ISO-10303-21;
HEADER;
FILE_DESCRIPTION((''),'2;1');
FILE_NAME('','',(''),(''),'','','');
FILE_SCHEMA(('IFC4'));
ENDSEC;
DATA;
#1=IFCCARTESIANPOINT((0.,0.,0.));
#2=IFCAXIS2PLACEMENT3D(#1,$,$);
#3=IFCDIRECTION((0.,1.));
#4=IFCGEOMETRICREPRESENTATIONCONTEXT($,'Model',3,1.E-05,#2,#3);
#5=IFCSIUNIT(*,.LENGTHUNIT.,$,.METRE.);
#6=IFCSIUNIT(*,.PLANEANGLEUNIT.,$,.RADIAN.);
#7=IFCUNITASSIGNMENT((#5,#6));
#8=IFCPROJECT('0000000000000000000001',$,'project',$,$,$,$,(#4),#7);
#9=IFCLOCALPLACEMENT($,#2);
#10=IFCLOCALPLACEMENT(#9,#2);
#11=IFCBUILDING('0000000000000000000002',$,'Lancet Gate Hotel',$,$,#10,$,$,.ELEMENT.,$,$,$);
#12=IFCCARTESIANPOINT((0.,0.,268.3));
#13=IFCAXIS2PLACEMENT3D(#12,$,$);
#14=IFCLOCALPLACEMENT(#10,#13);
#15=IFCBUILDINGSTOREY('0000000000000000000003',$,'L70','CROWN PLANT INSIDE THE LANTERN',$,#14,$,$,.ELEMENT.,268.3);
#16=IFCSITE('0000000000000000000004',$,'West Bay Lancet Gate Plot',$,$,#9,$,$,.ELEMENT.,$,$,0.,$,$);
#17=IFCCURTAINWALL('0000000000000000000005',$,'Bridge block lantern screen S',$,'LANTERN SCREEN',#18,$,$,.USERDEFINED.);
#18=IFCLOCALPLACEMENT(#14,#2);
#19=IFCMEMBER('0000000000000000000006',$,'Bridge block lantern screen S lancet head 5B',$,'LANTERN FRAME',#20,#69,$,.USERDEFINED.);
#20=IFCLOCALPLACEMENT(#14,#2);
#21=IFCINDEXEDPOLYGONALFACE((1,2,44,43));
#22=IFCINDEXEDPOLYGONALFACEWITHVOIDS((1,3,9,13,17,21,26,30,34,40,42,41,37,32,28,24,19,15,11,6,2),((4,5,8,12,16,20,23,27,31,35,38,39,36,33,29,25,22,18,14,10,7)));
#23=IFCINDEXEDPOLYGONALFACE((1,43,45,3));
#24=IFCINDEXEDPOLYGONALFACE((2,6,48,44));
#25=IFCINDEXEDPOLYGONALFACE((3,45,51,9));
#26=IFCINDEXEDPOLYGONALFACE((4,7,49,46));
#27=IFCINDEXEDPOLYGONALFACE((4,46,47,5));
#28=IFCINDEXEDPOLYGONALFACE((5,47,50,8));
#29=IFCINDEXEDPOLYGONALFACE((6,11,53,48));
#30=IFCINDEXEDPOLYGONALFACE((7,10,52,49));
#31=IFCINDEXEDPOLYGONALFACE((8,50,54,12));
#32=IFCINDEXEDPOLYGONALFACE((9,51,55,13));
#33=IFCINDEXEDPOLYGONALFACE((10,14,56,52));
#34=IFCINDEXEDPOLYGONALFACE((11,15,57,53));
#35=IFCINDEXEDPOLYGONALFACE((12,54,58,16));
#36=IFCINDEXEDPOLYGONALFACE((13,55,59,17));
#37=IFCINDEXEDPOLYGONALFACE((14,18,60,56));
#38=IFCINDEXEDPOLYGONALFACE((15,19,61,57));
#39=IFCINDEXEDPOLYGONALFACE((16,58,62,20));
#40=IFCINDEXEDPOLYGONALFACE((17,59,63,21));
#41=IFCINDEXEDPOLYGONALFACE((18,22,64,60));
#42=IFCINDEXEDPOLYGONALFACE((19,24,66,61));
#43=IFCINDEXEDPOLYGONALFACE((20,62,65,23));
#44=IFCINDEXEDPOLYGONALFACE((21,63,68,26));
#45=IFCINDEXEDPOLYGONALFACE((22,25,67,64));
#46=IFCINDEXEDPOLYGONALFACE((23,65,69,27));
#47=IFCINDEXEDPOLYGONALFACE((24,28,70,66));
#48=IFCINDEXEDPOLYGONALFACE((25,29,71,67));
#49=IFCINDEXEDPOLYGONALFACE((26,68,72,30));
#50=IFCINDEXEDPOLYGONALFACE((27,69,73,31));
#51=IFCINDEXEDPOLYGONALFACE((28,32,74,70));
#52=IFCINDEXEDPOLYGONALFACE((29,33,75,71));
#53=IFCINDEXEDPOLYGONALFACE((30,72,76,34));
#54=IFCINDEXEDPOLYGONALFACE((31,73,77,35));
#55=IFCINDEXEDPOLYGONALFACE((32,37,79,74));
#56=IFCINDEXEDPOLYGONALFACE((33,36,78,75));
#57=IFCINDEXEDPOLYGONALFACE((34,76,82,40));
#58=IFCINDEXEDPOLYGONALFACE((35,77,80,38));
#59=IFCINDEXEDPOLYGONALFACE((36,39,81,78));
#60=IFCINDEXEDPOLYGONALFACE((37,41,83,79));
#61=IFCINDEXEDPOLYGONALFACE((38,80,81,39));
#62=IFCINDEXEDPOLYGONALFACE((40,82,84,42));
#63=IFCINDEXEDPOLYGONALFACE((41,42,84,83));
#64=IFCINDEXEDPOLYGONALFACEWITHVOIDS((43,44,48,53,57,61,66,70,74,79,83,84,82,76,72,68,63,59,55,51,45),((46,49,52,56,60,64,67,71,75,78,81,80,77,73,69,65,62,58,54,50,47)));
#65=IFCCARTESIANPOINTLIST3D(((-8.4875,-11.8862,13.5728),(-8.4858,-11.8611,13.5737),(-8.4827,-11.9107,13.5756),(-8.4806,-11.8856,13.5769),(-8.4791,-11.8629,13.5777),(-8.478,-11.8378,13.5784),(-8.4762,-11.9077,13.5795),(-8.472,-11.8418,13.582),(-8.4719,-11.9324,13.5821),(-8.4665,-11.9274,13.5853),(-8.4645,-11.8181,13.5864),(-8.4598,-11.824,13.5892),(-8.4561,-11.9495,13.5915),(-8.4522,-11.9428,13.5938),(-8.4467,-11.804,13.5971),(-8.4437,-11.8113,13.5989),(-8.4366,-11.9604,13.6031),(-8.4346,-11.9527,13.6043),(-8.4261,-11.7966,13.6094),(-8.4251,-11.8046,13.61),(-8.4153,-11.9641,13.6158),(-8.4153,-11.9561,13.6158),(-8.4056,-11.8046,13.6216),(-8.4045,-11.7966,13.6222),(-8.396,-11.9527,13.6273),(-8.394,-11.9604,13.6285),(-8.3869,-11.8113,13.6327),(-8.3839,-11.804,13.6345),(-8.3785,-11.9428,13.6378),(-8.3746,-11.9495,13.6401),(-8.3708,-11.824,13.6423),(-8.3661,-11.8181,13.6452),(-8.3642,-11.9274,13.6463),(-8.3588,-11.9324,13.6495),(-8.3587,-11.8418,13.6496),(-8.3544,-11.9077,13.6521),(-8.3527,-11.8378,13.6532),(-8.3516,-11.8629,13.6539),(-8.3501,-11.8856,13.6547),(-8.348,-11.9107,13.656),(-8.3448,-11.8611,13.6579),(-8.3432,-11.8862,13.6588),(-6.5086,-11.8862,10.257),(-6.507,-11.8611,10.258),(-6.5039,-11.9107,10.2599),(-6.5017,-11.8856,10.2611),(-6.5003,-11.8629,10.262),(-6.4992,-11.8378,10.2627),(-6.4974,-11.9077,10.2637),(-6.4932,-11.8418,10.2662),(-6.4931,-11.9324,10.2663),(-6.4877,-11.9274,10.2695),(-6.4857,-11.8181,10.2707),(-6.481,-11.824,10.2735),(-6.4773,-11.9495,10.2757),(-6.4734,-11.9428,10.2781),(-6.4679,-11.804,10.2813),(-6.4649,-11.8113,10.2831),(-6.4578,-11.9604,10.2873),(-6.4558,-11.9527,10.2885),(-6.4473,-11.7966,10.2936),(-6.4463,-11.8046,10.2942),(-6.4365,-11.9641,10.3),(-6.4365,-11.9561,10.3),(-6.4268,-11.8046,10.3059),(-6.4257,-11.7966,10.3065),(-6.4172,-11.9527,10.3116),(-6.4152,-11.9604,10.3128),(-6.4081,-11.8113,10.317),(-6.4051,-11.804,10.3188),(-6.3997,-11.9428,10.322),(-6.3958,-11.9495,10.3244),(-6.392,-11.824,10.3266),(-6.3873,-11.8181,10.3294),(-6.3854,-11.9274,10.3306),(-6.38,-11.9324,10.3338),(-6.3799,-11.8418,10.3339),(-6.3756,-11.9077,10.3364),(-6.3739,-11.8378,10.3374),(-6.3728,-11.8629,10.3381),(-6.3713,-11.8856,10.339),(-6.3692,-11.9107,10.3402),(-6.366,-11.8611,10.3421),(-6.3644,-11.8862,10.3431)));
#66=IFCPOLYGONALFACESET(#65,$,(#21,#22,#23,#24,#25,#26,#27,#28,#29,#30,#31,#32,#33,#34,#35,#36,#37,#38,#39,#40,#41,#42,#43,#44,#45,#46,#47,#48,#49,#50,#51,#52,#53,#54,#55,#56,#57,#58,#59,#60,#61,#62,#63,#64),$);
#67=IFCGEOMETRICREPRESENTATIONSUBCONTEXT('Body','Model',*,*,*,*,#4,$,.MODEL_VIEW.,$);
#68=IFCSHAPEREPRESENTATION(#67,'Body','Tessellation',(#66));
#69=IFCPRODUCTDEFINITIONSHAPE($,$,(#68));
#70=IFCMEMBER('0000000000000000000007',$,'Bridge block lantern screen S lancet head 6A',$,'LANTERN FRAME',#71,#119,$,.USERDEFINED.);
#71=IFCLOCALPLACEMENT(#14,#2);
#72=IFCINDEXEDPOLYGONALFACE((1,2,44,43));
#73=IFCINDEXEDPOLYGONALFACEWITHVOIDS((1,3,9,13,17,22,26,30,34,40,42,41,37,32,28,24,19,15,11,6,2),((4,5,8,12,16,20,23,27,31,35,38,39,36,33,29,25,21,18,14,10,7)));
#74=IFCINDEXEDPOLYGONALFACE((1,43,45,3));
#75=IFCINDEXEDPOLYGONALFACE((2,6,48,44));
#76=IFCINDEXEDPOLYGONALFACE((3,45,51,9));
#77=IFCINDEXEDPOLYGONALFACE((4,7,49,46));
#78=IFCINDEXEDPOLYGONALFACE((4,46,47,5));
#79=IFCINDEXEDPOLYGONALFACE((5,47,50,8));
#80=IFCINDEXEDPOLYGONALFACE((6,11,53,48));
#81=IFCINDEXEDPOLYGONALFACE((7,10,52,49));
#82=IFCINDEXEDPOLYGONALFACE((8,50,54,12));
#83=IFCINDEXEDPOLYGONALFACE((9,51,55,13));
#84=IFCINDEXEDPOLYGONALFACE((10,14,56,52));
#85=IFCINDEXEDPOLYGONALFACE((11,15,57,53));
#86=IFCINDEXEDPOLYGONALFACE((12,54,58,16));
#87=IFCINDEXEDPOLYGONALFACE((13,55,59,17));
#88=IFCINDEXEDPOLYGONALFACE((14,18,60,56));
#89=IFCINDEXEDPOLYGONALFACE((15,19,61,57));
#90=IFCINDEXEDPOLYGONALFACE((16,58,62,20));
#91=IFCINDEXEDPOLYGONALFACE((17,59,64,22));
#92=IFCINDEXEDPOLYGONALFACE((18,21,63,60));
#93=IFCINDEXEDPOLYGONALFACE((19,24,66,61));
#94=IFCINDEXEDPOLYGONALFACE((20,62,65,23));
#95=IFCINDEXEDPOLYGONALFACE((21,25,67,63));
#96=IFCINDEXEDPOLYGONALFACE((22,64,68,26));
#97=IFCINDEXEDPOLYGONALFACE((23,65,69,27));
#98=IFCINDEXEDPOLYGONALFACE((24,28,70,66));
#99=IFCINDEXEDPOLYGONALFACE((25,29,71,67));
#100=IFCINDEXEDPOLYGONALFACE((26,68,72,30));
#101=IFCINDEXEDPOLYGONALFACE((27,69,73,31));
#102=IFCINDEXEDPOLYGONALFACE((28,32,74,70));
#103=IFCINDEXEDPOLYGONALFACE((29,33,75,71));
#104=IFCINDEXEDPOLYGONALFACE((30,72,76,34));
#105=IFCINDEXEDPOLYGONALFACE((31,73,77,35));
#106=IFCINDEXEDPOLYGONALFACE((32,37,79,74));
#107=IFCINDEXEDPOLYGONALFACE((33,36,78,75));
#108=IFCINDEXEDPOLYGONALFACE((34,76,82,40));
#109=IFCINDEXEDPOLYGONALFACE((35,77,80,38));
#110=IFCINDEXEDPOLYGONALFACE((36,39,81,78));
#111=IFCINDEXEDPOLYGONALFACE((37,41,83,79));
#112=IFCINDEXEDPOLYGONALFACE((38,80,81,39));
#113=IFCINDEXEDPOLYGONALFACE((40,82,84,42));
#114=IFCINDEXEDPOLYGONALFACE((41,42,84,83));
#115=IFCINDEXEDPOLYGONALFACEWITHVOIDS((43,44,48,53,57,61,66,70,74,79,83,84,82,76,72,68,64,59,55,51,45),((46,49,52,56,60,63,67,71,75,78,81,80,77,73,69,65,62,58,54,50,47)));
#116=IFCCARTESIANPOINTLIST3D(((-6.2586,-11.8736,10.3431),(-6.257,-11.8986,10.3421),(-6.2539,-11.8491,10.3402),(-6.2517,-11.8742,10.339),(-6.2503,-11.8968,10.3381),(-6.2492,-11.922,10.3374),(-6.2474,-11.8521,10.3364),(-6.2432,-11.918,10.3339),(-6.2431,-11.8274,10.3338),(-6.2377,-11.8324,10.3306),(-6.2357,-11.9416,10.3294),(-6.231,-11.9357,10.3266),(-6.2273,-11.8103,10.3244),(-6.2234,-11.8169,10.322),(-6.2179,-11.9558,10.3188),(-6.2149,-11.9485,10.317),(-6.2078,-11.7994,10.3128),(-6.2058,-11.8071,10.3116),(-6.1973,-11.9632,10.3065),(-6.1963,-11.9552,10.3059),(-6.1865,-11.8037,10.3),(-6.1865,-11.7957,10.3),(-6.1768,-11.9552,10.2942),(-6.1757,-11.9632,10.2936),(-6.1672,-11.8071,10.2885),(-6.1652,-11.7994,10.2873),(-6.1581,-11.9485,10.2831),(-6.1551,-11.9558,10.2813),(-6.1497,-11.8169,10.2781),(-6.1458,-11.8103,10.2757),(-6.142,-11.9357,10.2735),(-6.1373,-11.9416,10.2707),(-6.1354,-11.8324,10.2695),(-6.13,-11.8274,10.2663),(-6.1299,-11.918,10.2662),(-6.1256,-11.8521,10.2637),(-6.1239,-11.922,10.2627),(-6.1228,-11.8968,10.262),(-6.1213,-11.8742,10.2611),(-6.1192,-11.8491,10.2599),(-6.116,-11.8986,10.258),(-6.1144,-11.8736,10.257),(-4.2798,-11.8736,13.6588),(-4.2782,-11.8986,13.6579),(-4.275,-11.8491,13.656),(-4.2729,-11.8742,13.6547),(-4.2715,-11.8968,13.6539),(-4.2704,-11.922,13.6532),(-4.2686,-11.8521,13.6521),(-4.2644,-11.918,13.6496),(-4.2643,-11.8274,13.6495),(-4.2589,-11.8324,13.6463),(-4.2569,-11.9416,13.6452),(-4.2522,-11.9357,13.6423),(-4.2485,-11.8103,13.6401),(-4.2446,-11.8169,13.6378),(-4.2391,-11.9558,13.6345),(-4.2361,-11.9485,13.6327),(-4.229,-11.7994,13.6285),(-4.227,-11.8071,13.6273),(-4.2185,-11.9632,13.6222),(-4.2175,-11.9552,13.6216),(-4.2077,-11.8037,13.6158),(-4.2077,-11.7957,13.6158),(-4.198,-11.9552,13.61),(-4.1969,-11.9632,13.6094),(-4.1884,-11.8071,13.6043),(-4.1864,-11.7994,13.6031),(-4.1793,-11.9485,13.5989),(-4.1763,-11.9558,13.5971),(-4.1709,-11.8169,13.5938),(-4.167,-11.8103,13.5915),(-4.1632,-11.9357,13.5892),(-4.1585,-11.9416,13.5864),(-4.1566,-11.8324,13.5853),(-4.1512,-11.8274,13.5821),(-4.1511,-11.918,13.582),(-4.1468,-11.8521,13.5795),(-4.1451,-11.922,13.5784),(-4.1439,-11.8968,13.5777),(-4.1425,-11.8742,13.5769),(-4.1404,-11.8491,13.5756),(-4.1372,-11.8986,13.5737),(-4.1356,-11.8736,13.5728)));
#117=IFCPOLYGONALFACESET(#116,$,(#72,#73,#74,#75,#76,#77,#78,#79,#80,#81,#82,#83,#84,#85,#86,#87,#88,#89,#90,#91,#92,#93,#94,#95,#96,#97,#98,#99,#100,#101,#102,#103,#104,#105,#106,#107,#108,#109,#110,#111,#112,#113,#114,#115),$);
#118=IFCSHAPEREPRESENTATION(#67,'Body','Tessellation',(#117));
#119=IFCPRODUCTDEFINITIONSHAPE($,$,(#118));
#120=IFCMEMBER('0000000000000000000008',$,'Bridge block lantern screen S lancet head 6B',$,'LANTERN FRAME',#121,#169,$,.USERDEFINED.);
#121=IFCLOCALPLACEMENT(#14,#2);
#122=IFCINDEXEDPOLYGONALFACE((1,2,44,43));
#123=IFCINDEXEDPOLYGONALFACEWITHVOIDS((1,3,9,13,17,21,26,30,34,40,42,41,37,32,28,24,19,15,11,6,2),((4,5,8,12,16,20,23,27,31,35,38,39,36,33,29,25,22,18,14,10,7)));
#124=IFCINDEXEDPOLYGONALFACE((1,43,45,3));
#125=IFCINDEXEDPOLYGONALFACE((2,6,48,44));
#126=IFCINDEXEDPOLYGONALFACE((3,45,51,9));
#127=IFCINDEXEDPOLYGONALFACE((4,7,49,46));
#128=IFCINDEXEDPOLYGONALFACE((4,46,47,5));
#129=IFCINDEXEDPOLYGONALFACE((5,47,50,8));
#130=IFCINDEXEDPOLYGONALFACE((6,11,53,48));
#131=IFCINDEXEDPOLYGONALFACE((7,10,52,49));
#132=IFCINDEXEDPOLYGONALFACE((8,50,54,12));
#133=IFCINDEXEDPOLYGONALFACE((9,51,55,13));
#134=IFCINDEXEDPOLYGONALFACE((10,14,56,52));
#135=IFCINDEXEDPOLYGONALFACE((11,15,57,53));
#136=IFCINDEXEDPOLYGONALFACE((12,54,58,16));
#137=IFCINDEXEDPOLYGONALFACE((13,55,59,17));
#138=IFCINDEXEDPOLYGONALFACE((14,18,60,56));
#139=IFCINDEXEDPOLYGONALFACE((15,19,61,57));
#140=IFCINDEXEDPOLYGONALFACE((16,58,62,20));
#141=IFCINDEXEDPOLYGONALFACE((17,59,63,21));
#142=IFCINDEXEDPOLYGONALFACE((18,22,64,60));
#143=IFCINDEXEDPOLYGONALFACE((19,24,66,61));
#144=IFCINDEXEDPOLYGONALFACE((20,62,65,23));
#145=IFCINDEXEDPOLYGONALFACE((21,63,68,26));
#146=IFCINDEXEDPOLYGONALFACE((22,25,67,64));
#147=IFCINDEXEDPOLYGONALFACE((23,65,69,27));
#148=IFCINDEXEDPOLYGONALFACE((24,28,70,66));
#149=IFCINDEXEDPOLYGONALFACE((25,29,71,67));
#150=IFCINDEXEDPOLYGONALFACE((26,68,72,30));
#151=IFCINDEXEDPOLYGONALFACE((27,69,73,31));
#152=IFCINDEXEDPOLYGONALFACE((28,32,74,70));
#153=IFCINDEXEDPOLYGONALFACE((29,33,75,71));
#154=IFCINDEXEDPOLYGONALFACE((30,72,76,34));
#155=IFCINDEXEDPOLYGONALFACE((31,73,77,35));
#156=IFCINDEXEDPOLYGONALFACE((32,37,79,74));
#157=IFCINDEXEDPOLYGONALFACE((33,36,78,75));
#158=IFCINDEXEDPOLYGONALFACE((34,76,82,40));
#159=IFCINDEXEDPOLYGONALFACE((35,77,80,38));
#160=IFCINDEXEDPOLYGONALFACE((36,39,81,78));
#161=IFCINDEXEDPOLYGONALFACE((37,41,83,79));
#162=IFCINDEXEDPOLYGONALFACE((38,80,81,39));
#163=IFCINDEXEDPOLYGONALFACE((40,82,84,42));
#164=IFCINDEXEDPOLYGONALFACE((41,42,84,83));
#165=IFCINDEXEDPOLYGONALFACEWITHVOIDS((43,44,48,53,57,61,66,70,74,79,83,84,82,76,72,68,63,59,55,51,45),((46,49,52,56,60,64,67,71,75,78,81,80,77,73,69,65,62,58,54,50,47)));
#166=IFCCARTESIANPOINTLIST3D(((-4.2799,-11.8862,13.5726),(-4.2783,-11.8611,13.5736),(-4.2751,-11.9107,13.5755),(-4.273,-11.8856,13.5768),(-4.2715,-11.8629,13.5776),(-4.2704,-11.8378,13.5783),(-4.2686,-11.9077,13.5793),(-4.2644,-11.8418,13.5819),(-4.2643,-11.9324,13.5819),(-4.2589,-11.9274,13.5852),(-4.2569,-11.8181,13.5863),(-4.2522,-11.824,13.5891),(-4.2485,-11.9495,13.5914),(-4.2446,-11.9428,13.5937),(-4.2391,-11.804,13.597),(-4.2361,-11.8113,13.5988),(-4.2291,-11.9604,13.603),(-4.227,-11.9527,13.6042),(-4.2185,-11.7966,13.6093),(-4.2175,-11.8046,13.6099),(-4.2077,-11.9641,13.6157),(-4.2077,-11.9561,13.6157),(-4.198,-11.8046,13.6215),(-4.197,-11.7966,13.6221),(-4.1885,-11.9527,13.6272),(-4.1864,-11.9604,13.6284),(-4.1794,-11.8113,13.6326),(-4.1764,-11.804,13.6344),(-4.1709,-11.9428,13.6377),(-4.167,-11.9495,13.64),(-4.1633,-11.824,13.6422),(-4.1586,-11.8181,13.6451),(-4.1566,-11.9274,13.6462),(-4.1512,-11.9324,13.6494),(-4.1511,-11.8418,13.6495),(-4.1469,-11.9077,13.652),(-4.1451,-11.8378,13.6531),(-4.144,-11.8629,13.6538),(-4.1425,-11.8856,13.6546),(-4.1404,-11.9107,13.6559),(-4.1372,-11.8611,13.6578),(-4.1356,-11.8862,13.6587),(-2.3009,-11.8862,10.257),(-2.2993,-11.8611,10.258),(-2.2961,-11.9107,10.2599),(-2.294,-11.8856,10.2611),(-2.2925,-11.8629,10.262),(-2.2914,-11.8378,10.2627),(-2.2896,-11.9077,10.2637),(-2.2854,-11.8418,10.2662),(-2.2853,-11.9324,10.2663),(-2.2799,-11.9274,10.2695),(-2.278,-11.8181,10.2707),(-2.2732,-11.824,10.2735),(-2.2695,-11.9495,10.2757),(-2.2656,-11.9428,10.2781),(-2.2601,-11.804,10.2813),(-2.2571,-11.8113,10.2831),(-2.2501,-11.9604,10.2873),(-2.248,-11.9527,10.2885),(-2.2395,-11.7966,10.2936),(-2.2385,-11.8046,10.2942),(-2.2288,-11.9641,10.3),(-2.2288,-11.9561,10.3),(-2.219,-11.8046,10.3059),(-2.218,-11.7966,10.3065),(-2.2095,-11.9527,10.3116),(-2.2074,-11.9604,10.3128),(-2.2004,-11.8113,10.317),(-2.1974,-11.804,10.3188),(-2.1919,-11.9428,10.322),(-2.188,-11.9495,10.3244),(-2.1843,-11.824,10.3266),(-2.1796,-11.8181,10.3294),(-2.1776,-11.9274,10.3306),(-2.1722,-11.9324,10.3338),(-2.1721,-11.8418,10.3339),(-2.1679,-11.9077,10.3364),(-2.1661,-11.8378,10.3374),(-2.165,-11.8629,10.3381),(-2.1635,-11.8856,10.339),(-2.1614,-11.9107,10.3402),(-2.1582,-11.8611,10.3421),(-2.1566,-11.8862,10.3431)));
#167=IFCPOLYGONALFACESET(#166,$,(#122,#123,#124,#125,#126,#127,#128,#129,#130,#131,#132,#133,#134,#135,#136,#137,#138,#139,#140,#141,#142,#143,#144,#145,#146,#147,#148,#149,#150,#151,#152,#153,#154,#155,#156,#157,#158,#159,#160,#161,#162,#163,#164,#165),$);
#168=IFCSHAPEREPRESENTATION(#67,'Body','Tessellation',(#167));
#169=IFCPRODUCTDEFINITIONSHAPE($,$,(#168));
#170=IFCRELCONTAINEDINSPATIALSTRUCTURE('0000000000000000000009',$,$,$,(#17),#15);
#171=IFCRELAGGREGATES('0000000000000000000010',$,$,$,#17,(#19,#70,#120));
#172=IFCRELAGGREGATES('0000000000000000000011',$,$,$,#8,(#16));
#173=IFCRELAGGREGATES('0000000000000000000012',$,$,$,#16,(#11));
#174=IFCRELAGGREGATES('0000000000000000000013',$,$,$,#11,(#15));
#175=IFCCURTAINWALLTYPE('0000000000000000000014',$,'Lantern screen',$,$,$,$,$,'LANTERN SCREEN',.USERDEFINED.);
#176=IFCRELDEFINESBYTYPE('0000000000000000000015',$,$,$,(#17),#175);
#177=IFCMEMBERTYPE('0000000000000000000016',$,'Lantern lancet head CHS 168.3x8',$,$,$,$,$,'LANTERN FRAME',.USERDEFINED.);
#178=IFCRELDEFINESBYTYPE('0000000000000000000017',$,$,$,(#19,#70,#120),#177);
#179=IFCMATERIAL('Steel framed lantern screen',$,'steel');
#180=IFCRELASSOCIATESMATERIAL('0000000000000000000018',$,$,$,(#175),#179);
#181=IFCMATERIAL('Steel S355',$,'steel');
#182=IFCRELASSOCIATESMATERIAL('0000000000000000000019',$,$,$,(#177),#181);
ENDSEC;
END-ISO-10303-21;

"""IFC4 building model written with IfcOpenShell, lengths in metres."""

from ifc_helpers import new_model, si_unit, direction, frame, origin, origin_2d, place, context, subcontext, project, spatial, hollow_circle, extrude, material, material_profile, profile_set, type_object, element, aggregate, save


model = new_model("IFC4")

# Units and contexts
model_context = context("Model", 3, precision=1e-05, world=origin(), true_north=direction((0.0, 1.0)))
body_context = subcontext(model_context, "Body", "Model", "MODEL_VIEW")
ifc_project = project(units=[si_unit("LENGTHUNIT", "METRE"), si_unit("PLANEANGLEUNIT", "RADIAN")], contexts=[model_context])

# Site, building, storey
site_placement = place(None, origin())
site = spatial("IfcSite", under=ifc_project, at=site_placement, Name="West Bay Lancet Gate Plot", CompositionType="ELEMENT", RefElevation=0.0)
building_placement = place(site_placement, origin())
building = spatial("IfcBuilding", under=site, at=building_placement, Name="Lancet Gate Hotel", CompositionType="ELEMENT")
storey_placement = place(building_placement, frame((0.0, 0.0, 268.3)))
storey = spatial("IfcBuildingStorey", under=building, at=storey_placement, Name="L70", Description="CROWN PLANT INSIDE THE LANTERN", CompositionType="ELEMENT", Elevation=268.3)

# Curtain wall, members
ifc_material_1 = material(Name="Steel framed lantern screen", Category="steel")
curtain_wall_type_1 = type_object("IfcCurtainWallType", Name="Lantern screen", ElementType="LANTERN SCREEN", PredefinedType="USERDEFINED", material=ifc_material_1)
curtain_wall_1_placement = place(storey_placement, origin())
curtain_wall_1 = element("IfcCurtainWall", 1, at=curtain_wall_1_placement, inside=storey, type_object=curtain_wall_type_1, Name="Bridge block lantern screen S", ObjectType="LANTERN SCREEN", PredefinedType="USERDEFINED")
ifc_material_2 = material(Name="Steel S355", Category="steel")
ifc_material_profile_1 = material_profile(ifc_material_2, hollow_circle(Radius=0.0842, WallThickness=0.0081, at=origin_2d()), Name="CHS 168.3x8.0")
ifc_profile_set_1 = profile_set([ifc_material_profile_1], Name="Steel S355")
member_type_1 = type_object("IfcMemberType", Name="Lantern lancet head CHS 168.3x8", ElementType="LANTERN FRAME", PredefinedType="USERDEFINED", material=ifc_profile_set_1)
member_1_placement = place(storey_placement, frame((-6.4365, -11.8799, 10.3), z_axis=(-0.512467, 0.0, 0.858707), x_axis=(0.0, -1.0, 0.0)))
member_1 = element("IfcMember", 2, at=member_1_placement, type_object=member_type_1, Name="Bridge block lantern screen S lancet head 5B", ObjectType="LANTERN FRAME", PredefinedType="USERDEFINED", context=body_context, shape_type="SweptSolid", body=[
    extrude(hollow_circle(Radius=0.0842, WallThickness=0.0081, at=origin_2d()), origin(), (0.0, 0.0, 1.0), 3.8613),
])
member_2_placement = place(storey_placement, frame((-6.1865, -11.8799, 10.3), z_axis=(0.512467, 0.0, 0.858707), x_axis=(0.0, 1.0, 0.0)))
member_2 = element("IfcMember", 3, at=member_2_placement, type_object=member_type_1, Name="Bridge block lantern screen S lancet head 6A", ObjectType="LANTERN FRAME", PredefinedType="USERDEFINED", context=body_context, shape_type="SweptSolid", body=[
    extrude(hollow_circle(Radius=0.0842, WallThickness=0.0081, at=origin_2d()), origin(), (0.0, 0.0, 1.0), 3.8613),
])
member_3_placement = place(storey_placement, frame((-2.2288, -11.8799, 10.3), z_axis=(-0.512514, 0.0, 0.858679), x_axis=(0.0, -1.0, 0.0)))
member_3 = element("IfcMember", 4, at=member_3_placement, type_object=member_type_1, Name="Bridge block lantern screen S lancet head 6B", ObjectType="LANTERN FRAME", PredefinedType="USERDEFINED", context=body_context, shape_type="SweptSolid", body=[
    extrude(hollow_circle(Radius=0.0842, WallThickness=0.0081, at=origin_2d()), origin(), (0.0, 0.0, 1.0), 3.8613),
])

aggregate(curtain_wall_1, [member_1, member_2, member_3])

save(model, "model.ifc")
